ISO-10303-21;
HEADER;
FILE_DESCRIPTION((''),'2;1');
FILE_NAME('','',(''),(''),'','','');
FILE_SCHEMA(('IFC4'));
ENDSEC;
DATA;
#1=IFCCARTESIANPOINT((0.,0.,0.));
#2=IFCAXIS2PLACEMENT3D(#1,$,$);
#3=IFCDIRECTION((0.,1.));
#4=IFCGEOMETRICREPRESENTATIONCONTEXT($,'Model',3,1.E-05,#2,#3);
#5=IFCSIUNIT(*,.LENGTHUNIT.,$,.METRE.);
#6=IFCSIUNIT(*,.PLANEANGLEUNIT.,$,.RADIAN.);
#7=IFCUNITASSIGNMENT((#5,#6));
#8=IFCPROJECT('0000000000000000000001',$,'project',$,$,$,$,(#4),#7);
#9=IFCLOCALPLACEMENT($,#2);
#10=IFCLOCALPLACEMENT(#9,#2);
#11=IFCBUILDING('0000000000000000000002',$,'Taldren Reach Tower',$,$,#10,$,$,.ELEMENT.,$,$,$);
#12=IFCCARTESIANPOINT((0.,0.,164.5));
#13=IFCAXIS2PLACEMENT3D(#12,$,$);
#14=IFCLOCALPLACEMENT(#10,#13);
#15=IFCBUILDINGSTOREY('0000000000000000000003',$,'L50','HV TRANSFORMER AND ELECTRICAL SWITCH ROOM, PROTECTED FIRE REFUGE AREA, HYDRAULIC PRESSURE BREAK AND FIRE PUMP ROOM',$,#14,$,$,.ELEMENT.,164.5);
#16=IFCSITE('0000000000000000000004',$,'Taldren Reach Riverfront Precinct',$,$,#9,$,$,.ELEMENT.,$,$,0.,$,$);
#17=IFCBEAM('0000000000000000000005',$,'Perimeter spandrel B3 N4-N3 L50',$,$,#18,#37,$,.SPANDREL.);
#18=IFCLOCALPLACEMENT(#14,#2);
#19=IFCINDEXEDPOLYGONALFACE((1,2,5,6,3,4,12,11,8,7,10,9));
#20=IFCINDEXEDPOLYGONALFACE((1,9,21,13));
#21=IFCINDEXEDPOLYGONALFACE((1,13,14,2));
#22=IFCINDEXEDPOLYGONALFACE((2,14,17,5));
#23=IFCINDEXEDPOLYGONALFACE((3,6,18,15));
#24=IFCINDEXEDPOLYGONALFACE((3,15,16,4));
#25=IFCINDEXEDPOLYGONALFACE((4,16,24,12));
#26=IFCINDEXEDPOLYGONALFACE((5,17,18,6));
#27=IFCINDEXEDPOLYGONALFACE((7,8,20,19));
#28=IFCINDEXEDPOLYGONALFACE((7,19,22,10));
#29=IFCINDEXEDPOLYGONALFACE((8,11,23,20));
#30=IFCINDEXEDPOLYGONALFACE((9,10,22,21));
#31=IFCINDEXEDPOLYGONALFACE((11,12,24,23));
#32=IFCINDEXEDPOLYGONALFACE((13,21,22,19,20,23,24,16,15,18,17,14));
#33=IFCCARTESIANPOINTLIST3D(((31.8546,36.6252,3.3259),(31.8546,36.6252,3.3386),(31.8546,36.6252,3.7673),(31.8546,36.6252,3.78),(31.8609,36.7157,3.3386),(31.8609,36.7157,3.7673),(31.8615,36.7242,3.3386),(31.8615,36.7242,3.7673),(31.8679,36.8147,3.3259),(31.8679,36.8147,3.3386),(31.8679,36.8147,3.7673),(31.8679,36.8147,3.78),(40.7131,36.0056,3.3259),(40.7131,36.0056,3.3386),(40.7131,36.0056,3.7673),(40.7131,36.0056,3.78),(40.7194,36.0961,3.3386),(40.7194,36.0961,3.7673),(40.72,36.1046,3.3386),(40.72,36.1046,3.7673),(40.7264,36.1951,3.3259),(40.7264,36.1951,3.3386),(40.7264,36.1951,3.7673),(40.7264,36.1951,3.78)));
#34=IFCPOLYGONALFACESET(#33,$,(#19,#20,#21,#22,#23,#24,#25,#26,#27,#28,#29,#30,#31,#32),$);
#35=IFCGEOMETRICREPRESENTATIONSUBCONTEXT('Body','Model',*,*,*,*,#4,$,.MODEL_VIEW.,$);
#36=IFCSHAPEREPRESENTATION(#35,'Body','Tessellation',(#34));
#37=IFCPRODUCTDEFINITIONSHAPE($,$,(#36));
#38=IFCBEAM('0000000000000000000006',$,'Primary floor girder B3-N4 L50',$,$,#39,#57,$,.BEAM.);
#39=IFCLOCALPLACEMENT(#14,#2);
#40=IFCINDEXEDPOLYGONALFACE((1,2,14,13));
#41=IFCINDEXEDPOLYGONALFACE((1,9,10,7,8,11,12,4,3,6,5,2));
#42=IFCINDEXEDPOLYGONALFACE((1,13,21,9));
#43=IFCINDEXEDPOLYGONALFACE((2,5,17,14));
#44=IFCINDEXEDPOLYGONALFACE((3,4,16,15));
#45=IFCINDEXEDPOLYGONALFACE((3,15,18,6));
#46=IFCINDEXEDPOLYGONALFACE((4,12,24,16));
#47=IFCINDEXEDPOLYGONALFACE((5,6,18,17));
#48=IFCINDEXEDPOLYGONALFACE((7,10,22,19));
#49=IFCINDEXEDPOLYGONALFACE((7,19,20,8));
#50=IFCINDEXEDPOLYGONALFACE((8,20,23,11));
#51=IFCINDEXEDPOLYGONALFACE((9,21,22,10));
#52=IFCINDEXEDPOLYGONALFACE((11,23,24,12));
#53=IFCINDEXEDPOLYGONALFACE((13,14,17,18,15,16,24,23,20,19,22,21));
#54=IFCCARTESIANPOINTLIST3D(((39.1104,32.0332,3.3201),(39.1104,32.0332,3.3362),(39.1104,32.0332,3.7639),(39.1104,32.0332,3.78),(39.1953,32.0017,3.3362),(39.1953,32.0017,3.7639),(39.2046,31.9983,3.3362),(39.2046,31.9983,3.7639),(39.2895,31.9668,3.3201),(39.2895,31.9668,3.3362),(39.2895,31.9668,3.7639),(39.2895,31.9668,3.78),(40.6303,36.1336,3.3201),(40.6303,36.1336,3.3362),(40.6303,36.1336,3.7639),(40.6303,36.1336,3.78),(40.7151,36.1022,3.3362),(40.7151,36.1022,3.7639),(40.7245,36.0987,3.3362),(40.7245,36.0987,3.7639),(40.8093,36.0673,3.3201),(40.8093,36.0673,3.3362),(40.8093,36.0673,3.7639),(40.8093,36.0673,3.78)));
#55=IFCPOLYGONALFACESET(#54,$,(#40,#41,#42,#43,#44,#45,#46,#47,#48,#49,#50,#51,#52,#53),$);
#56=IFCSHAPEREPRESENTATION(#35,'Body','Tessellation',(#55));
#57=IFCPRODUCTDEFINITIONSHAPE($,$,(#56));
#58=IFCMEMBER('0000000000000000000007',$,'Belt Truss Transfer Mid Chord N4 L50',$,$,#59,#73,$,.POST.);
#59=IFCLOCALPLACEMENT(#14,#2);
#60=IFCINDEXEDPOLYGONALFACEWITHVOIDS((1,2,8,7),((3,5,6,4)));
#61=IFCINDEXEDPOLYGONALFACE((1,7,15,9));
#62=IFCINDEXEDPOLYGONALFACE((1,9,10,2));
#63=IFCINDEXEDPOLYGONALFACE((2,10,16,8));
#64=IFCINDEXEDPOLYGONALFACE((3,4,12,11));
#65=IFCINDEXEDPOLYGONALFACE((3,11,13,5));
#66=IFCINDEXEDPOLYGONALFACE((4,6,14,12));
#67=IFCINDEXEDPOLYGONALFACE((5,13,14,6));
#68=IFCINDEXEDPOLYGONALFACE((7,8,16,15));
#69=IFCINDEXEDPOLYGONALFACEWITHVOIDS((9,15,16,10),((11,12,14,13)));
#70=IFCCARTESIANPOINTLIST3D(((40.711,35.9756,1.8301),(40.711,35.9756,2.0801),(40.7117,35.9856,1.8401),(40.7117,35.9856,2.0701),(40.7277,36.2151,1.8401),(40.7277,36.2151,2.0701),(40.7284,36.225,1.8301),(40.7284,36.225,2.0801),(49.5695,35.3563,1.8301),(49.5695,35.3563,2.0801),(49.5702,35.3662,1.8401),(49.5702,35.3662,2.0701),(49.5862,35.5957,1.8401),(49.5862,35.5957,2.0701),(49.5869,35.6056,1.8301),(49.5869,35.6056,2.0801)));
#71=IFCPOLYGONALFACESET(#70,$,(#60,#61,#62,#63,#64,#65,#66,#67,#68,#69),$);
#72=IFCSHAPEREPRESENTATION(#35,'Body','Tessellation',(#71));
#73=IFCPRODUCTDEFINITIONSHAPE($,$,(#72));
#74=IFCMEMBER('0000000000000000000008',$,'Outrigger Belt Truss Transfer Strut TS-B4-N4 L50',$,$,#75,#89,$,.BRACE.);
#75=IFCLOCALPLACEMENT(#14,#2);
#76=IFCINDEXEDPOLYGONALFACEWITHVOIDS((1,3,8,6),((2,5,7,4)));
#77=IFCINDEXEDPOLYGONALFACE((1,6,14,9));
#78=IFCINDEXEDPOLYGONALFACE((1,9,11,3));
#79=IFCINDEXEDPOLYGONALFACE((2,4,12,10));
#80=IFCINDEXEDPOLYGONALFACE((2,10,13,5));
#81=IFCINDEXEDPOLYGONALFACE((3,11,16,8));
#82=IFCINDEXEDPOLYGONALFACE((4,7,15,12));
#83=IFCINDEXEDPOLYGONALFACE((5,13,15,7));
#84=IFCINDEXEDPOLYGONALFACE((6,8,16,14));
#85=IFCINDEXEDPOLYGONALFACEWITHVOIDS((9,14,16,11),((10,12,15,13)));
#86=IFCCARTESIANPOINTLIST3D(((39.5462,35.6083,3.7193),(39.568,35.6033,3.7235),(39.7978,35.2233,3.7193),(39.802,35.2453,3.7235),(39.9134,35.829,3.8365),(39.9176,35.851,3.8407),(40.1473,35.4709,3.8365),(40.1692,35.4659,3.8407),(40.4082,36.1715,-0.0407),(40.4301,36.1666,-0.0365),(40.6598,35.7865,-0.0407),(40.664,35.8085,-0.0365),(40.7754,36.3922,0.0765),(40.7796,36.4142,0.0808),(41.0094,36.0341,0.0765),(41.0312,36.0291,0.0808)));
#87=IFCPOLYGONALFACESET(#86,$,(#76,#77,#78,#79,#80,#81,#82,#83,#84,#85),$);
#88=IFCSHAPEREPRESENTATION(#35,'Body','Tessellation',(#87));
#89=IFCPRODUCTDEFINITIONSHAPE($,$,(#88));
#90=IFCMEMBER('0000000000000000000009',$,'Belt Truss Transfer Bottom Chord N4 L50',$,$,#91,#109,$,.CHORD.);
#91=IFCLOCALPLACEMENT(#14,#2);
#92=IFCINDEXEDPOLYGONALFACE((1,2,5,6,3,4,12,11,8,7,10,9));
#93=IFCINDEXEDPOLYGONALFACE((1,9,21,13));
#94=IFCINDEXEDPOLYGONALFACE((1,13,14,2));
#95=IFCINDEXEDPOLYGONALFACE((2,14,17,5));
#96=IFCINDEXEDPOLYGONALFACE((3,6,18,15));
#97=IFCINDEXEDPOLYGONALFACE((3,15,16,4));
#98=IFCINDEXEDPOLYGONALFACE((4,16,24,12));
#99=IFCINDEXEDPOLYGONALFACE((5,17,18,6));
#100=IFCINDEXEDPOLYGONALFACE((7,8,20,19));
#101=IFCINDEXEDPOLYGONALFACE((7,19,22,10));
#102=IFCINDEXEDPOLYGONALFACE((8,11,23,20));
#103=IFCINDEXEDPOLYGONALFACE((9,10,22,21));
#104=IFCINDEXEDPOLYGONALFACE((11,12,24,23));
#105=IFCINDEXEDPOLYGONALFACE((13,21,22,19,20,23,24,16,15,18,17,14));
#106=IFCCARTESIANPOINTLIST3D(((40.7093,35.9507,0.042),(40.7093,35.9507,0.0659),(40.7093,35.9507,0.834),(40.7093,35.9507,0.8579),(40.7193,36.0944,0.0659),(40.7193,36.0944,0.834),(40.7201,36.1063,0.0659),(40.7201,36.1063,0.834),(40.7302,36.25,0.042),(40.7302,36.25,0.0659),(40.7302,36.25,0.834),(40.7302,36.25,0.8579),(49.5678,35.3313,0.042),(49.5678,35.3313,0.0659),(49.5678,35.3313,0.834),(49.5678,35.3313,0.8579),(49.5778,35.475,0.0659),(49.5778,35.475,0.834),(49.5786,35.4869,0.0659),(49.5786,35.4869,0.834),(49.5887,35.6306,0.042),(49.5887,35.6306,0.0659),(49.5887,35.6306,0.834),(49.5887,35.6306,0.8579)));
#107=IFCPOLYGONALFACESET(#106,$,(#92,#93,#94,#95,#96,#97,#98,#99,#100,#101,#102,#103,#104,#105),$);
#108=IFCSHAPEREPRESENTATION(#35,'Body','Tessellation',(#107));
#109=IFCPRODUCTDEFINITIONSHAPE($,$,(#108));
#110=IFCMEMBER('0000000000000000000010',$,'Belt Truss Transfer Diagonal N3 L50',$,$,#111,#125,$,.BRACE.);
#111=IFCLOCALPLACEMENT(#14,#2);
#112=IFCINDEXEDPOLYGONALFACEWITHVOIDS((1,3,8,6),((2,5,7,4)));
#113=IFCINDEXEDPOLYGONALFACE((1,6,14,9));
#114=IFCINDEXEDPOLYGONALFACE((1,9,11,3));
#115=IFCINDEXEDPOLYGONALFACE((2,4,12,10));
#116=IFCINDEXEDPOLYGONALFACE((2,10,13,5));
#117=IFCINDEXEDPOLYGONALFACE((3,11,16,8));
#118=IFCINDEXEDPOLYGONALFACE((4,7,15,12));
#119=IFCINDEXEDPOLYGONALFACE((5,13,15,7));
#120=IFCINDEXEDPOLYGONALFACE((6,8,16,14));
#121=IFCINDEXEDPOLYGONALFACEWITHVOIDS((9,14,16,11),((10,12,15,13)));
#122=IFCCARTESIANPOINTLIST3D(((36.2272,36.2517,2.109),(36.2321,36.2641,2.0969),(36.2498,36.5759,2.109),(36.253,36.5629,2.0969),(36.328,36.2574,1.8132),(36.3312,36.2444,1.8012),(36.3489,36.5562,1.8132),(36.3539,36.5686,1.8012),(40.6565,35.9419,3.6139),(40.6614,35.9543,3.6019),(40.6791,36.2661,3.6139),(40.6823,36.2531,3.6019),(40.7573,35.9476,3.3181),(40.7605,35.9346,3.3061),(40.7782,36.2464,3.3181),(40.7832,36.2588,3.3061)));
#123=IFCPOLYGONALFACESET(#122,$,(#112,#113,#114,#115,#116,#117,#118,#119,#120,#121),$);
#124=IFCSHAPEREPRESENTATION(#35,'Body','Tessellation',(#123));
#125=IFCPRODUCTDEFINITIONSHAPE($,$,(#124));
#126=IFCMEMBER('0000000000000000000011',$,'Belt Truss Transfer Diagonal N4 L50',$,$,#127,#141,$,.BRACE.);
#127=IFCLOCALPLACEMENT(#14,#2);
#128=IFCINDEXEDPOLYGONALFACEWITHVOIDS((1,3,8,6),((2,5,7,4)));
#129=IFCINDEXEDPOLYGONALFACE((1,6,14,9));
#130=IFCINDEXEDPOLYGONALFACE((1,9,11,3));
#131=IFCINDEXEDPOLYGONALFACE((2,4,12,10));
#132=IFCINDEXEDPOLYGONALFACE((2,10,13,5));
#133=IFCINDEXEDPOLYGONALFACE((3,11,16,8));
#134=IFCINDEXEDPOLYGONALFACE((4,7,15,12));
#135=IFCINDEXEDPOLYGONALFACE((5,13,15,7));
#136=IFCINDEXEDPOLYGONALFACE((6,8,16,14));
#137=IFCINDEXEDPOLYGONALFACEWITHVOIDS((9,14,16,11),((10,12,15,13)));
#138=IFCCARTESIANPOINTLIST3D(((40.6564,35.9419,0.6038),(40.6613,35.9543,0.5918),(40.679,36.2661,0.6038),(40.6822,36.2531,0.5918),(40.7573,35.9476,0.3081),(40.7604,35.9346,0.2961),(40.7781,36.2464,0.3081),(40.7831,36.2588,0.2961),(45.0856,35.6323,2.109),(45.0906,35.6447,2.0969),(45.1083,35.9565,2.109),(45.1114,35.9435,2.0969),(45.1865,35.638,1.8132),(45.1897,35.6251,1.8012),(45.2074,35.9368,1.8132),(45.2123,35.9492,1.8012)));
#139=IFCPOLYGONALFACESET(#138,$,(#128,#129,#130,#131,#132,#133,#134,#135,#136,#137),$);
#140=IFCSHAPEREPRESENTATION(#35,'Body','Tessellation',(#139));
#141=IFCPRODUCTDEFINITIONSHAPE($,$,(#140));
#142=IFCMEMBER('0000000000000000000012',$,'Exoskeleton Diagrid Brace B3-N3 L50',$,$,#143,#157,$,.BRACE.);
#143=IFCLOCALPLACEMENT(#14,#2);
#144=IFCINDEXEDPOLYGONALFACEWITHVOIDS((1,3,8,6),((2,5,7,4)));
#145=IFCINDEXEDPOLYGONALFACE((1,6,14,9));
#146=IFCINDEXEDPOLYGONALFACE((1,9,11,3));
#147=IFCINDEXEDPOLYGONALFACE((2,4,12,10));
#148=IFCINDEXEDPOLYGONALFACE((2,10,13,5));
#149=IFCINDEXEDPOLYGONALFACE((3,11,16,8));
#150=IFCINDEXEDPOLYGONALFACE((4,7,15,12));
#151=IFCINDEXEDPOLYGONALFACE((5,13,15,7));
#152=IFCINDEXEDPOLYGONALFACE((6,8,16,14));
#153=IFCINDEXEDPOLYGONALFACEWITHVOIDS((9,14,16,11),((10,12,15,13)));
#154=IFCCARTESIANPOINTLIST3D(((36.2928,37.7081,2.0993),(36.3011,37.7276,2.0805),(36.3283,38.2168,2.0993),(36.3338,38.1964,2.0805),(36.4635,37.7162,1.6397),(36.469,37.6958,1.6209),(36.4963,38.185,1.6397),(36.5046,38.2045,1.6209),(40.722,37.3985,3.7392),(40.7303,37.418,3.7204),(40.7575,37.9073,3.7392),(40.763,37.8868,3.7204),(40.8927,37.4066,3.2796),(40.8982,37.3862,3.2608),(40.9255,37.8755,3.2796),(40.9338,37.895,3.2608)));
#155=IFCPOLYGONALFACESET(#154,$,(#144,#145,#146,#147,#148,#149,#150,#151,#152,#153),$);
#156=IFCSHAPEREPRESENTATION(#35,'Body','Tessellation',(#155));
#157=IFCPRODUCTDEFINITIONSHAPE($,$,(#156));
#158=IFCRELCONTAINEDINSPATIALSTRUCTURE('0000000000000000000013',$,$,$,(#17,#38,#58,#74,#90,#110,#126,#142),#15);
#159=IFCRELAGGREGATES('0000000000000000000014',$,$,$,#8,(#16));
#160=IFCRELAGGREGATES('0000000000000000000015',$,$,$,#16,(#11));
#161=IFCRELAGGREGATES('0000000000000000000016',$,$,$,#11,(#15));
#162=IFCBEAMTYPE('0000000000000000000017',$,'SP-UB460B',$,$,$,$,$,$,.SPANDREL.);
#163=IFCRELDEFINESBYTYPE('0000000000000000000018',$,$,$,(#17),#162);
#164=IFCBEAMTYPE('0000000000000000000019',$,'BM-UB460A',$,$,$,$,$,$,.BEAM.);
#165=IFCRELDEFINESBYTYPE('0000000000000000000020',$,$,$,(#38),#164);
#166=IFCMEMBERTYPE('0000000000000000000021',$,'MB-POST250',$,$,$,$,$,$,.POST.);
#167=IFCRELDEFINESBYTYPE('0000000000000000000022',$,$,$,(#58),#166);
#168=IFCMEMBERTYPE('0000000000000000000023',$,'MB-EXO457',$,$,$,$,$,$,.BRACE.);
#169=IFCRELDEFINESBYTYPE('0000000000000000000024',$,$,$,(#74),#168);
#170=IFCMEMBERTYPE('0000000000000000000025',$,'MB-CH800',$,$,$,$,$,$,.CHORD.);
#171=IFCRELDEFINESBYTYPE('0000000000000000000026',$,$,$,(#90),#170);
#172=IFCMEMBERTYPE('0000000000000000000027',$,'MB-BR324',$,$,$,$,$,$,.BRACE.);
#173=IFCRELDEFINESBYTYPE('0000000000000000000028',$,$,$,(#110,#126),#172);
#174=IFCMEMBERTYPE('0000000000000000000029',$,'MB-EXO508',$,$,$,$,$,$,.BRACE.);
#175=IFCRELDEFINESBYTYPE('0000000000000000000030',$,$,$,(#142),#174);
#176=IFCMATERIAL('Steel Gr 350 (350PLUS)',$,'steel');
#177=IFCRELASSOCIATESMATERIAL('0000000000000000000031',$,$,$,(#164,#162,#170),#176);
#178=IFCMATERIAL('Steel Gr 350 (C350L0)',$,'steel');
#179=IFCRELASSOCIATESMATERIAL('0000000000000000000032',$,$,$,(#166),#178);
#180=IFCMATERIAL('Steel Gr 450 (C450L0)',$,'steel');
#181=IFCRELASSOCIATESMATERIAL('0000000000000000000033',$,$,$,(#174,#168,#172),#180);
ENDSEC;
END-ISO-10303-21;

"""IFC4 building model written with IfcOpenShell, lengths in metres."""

from ifc_helpers import new_model, si_unit, direction, frame, origin, origin_2d, place, context, subcontext, project, spatial, hollow_rectangle, i_section, extrude, source, transform, mapped, material, material_profile, profile_set, type_object, element, save


model = new_model("IFC4")

# Units and contexts
model_context = context("Model", 3, precision=1e-05, world=origin(), true_north=direction((0.0, 1.0)))
body_context = subcontext(model_context, "Body", "Model", "MODEL_VIEW")
ifc_project = project(units=[si_unit("LENGTHUNIT", "METRE"), si_unit("PLANEANGLEUNIT", "RADIAN")], contexts=[model_context])

# Site, building, storey
site_placement = place(None, origin())
site = spatial("IfcSite", under=ifc_project, at=site_placement, Name="Taldren Reach Riverfront Precinct", CompositionType="ELEMENT", RefElevation=0.0)
building_placement = place(site_placement, origin())
building = spatial("IfcBuilding", under=site, at=building_placement, Name="Taldren Reach Tower", CompositionType="ELEMENT")
storey_placement = place(building_placement, frame((0.0, 0.0, 164.5)))
storey = spatial("IfcBuildingStorey", under=building, at=storey_placement, Name="L50", Description="HV TRANSFORMER AND ELECTRICAL SWITCH ROOM, PROTECTED FIRE REFUGE AREA, HYDRAULIC PRESSURE BREAK AND FIRE PUMP ROOM", CompositionType="ELEMENT", Elevation=164.5)

# Shared definitions
ifc_material_1 = material(Name="Steel Gr 450 (C450L0)", Category="steel")
ifc_material_2 = material(Name="Steel Gr 350 (350PLUS)", Category="steel")

# Shared definitions
ifc_material_profile_1 = material_profile(ifc_material_2, i_section(OverallWidth=0.1909, OverallDepth=0.46, WebThickness=0.01, FlangeThickness=0.0161, at=origin_2d()), Name="460UB82.1")
ifc_profile_set_1 = profile_set([ifc_material_profile_1], Name="Steel Gr 350 (350PLUS)")
beam_type_1 = type_object("IfcBeamType", Name="BM-UB460A", PredefinedType="BEAM", material=ifc_profile_set_1)

# Shared definitions
ifc_material_3 = material(Name="Steel Gr 350 (C350L0)", Category="steel")
ifc_material_profile_2 = material_profile(ifc_material_3, hollow_rectangle(XDim=0.25, YDim=0.25, WallThickness=0.01, at=origin_2d()), Name="250x250x10.0SHS")
ifc_profile_set_2 = profile_set([ifc_material_profile_2], Name="Steel Gr 350 (C350L0)")
member_type_1 = type_object("IfcMemberType", Name="MB-POST250", PredefinedType="POST", material=ifc_profile_set_2)
ifc_material_profile_3 = material_profile(ifc_material_1, hollow_rectangle(XDim=0.51, YDim=0.51, WallThickness=0.02, at=origin_2d()), Name="510x510x20.0SHS")
ifc_profile_set_3 = profile_set([ifc_material_profile_3], Name="Steel Gr 450 (C450L0)")
member_type_2 = type_object("IfcMemberType", Name="MB-EXO508", PredefinedType="BRACE", material=ifc_profile_set_3)

# Beams
ifc_material_profile_4 = material_profile(ifc_material_2, i_section(OverallWidth=0.1899, OverallDepth=0.4541, WebThickness=0.0085, FlangeThickness=0.0127, at=origin_2d()), Name="460UB67.1")
ifc_profile_set_4 = profile_set([ifc_material_profile_4], Name="Steel Gr 350 (350PLUS)")
beam_type_2 = type_object("IfcBeamType", Name="SP-UB460B", PredefinedType="SPANDREL", material=ifc_profile_set_4)
shared_shape_1 = source(origin(), body_context, "Body", "SweptSolid", [
    extrude(i_section(OverallWidth=0.1899, OverallDepth=0.4541, WebThickness=0.0085, FlangeThickness=0.0127, at=origin_2d()), origin(), (0.0, 0.0, 1.0), 8.8801),
])
beam_1_placement = place(storey_placement, frame((40.7197, 36.1003, 3.553), z_axis=(-0.997563, 0.069778, 0.0), x_axis=(-0.069778, -0.997563, 0.0)))
element("IfcBeam", 1, at=beam_1_placement, inside=storey, type_object=beam_type_2, Name="Perimeter spandrel B3 N4-N3 L50", PredefinedType="SPANDREL", context=body_context, shape_type="MappedRepresentation", body=[
    mapped(shared_shape_1, transform((0.0, 0.0, 0.0), scale=1.0)),
])
shared_shape_2 = source(origin(), body_context, "Body", "SweptSolid", [
    extrude(i_section(OverallWidth=0.1909, OverallDepth=0.46, WebThickness=0.01, FlangeThickness=0.0161, at=origin_2d()), origin(), (0.0, 0.0, 1.0), 4.373),
])
beam_2_placement = place(storey_placement, frame((39.2, 32.0, 3.55), z_axis=(0.347542, 0.937665, 0.0), x_axis=(-0.937665, 0.347542, 0.0)))
element("IfcBeam", 2, at=beam_2_placement, inside=storey, type_object=beam_type_1, Name="Primary floor girder B3-N4 L50", PredefinedType="BEAM", context=body_context, shape_type="MappedRepresentation", body=[
    mapped(shared_shape_2, transform((0.0, 0.0, 0.0), scale=1.0)),
])

# Members
shared_shape_3 = source(origin(), body_context, "Body", "SweptSolid", [
    extrude(hollow_rectangle(XDim=0.25, YDim=0.25, WallThickness=0.01, at=origin_2d()), origin(), (0.0, 0.0, 1.0), 8.8801),
])
member_1_placement = place(storey_placement, frame((40.7197, 36.1003, 1.9551), z_axis=(0.997564, -0.06975, 0.0), x_axis=(0.06975, 0.997564, 0.0)))
element("IfcMember", 3, at=member_1_placement, inside=storey, type_object=member_type_1, Name="Belt Truss Transfer Mid Chord N4 L50", PredefinedType="POST", context=body_context, shape_type="MappedRepresentation", body=[
    mapped(shared_shape_3, transform((0.0, 0.0, 0.0), scale=1.0)),
])
ifc_material_profile_5 = material_profile(ifc_material_1, hollow_rectangle(XDim=0.46, YDim=0.46, WallThickness=0.0161, at=origin_2d()), Name="460x460x16.0SHS")
ifc_profile_set_5 = profile_set([ifc_material_profile_5], Name="Steel Gr 450 (C450L0)")
member_type_3 = type_object("IfcMemberType", Name="MB-EXO457", PredefinedType="BRACE", material=ifc_profile_set_5)
shared_shape_4 = source(origin(), body_context, "Body", "SweptSolid", [
    extrude(hollow_rectangle(XDim=0.46, YDim=0.46, WallThickness=0.0161, at=origin_2d()), origin(), (0.0, 0.0, 1.0), 3.8984),
])
member_2_placement = place(storey_placement, frame((40.7197, 36.1003, 0.02), z_axis=(-0.221128, -0.144475, 0.964484), x_axis=(0.546962, -0.837158, 0.0)))
element("IfcMember", 4, at=member_2_placement, inside=storey, type_object=member_type_3, Name="Outrigger Belt Truss Transfer Strut TS-B4-N4 L50", PredefinedType="BRACE", context=body_context, shape_type="MappedRepresentation", body=[
    mapped(shared_shape_4, transform((0.0, 0.0, 0.0), scale=1.0)),
])
ifc_material_profile_6 = material_profile(ifc_material_2, i_section(OverallWidth=0.3, OverallDepth=0.8159, WebThickness=0.012, FlangeThickness=0.0239, at=origin_2d()), Name="800WB192")
ifc_profile_set_6 = profile_set([ifc_material_profile_6], Name="Steel Gr 350 (350PLUS)")
member_type_4 = type_object("IfcMemberType", Name="MB-CH800", PredefinedType="CHORD", material=ifc_profile_set_6)
shared_shape_5 = source(origin(), body_context, "Body", "SweptSolid", [
    extrude(i_section(OverallWidth=0.3, OverallDepth=0.8159, WebThickness=0.012, FlangeThickness=0.0239, at=origin_2d()), origin(), (0.0, 0.0, 1.0), 8.8801),
])
member_3_placement = place(storey_placement, frame((40.7197, 36.1003, 0.45), z_axis=(0.997564, -0.06975, 0.0), x_axis=(0.06975, 0.997564, 0.0)))
element("IfcMember", 5, at=member_3_placement, inside=storey, type_object=member_type_4, Name="Belt Truss Transfer Bottom Chord N4 L50", PredefinedType="CHORD", context=body_context, shape_type="MappedRepresentation", body=[
    mapped(shared_shape_5, transform((0.0, 0.0, 0.0), scale=1.0)),
])
ifc_material_profile_7 = material_profile(ifc_material_1, hollow_rectangle(XDim=0.325, YDim=0.325, WallThickness=0.0127, at=origin_2d()), Name="325x325x12.7SHS")
ifc_profile_set_7 = profile_set([ifc_material_profile_7], Name="Steel Gr 450 (C450L0)")
member_type_5 = type_object("IfcMemberType", Name="MB-BR324", PredefinedType="BRACE", material=ifc_profile_set_7)
shared_shape_6 = source(origin(), body_context, "Body", "SweptSolid", [
    extrude(hollow_rectangle(XDim=0.325, YDim=0.325, WallThickness=0.0127, at=origin_2d()), origin(), (0.0, 0.0, 1.0), 4.6882),
])
for number, where, z_axis, x_axis, name in (
    (6, (36.2905, 36.4102, 1.9551), (0.944771, -0.066085, 0.320999), (0.069778, 0.997563, 0.0), "Belt Truss Transfer Diagonal N3 L50"),
    (7, (40.7197, 36.1003, 0.45), (0.944758, -0.066032, 0.321047), (0.069723, 0.997566, 0.0), "Belt Truss Transfer Diagonal N4 L50"),
):
    element("IfcMember", number, at=place(storey_placement, frame(where, z_axis=z_axis, x_axis=x_axis)), inside=storey, type_object=member_type_5, Name=name, PredefinedType="BRACE", context=body_context, shape_type="MappedRepresentation", body=[
        mapped(shared_shape_6, transform((0.0, 0.0, 0.0), scale=1.0)),
    ])
shared_shape_7 = source(origin(), body_context, "Body", "SweptSolid", [
    extrude(hollow_rectangle(XDim=0.51, YDim=0.51, WallThickness=0.02, at=origin_2d()), origin(), (0.0, 0.0, 1.0), 4.7332),
])
member_4_placement = place(storey_placement, frame((36.3987, 37.9563, 1.8601), z_axis=(0.935779, -0.065404, 0.346468), x_axis=(0.069723, 0.997566, 0.0)))
element("IfcMember", 8, at=member_4_placement, inside=storey, type_object=member_type_2, Name="Exoskeleton Diagrid Brace B3-N3 L50", PredefinedType="BRACE", context=body_context, shape_type="MappedRepresentation", body=[
    mapped(shared_shape_7, transform((0.0, 0.0, 0.0), scale=1.0)),
])

save(model, "model.ifc")
